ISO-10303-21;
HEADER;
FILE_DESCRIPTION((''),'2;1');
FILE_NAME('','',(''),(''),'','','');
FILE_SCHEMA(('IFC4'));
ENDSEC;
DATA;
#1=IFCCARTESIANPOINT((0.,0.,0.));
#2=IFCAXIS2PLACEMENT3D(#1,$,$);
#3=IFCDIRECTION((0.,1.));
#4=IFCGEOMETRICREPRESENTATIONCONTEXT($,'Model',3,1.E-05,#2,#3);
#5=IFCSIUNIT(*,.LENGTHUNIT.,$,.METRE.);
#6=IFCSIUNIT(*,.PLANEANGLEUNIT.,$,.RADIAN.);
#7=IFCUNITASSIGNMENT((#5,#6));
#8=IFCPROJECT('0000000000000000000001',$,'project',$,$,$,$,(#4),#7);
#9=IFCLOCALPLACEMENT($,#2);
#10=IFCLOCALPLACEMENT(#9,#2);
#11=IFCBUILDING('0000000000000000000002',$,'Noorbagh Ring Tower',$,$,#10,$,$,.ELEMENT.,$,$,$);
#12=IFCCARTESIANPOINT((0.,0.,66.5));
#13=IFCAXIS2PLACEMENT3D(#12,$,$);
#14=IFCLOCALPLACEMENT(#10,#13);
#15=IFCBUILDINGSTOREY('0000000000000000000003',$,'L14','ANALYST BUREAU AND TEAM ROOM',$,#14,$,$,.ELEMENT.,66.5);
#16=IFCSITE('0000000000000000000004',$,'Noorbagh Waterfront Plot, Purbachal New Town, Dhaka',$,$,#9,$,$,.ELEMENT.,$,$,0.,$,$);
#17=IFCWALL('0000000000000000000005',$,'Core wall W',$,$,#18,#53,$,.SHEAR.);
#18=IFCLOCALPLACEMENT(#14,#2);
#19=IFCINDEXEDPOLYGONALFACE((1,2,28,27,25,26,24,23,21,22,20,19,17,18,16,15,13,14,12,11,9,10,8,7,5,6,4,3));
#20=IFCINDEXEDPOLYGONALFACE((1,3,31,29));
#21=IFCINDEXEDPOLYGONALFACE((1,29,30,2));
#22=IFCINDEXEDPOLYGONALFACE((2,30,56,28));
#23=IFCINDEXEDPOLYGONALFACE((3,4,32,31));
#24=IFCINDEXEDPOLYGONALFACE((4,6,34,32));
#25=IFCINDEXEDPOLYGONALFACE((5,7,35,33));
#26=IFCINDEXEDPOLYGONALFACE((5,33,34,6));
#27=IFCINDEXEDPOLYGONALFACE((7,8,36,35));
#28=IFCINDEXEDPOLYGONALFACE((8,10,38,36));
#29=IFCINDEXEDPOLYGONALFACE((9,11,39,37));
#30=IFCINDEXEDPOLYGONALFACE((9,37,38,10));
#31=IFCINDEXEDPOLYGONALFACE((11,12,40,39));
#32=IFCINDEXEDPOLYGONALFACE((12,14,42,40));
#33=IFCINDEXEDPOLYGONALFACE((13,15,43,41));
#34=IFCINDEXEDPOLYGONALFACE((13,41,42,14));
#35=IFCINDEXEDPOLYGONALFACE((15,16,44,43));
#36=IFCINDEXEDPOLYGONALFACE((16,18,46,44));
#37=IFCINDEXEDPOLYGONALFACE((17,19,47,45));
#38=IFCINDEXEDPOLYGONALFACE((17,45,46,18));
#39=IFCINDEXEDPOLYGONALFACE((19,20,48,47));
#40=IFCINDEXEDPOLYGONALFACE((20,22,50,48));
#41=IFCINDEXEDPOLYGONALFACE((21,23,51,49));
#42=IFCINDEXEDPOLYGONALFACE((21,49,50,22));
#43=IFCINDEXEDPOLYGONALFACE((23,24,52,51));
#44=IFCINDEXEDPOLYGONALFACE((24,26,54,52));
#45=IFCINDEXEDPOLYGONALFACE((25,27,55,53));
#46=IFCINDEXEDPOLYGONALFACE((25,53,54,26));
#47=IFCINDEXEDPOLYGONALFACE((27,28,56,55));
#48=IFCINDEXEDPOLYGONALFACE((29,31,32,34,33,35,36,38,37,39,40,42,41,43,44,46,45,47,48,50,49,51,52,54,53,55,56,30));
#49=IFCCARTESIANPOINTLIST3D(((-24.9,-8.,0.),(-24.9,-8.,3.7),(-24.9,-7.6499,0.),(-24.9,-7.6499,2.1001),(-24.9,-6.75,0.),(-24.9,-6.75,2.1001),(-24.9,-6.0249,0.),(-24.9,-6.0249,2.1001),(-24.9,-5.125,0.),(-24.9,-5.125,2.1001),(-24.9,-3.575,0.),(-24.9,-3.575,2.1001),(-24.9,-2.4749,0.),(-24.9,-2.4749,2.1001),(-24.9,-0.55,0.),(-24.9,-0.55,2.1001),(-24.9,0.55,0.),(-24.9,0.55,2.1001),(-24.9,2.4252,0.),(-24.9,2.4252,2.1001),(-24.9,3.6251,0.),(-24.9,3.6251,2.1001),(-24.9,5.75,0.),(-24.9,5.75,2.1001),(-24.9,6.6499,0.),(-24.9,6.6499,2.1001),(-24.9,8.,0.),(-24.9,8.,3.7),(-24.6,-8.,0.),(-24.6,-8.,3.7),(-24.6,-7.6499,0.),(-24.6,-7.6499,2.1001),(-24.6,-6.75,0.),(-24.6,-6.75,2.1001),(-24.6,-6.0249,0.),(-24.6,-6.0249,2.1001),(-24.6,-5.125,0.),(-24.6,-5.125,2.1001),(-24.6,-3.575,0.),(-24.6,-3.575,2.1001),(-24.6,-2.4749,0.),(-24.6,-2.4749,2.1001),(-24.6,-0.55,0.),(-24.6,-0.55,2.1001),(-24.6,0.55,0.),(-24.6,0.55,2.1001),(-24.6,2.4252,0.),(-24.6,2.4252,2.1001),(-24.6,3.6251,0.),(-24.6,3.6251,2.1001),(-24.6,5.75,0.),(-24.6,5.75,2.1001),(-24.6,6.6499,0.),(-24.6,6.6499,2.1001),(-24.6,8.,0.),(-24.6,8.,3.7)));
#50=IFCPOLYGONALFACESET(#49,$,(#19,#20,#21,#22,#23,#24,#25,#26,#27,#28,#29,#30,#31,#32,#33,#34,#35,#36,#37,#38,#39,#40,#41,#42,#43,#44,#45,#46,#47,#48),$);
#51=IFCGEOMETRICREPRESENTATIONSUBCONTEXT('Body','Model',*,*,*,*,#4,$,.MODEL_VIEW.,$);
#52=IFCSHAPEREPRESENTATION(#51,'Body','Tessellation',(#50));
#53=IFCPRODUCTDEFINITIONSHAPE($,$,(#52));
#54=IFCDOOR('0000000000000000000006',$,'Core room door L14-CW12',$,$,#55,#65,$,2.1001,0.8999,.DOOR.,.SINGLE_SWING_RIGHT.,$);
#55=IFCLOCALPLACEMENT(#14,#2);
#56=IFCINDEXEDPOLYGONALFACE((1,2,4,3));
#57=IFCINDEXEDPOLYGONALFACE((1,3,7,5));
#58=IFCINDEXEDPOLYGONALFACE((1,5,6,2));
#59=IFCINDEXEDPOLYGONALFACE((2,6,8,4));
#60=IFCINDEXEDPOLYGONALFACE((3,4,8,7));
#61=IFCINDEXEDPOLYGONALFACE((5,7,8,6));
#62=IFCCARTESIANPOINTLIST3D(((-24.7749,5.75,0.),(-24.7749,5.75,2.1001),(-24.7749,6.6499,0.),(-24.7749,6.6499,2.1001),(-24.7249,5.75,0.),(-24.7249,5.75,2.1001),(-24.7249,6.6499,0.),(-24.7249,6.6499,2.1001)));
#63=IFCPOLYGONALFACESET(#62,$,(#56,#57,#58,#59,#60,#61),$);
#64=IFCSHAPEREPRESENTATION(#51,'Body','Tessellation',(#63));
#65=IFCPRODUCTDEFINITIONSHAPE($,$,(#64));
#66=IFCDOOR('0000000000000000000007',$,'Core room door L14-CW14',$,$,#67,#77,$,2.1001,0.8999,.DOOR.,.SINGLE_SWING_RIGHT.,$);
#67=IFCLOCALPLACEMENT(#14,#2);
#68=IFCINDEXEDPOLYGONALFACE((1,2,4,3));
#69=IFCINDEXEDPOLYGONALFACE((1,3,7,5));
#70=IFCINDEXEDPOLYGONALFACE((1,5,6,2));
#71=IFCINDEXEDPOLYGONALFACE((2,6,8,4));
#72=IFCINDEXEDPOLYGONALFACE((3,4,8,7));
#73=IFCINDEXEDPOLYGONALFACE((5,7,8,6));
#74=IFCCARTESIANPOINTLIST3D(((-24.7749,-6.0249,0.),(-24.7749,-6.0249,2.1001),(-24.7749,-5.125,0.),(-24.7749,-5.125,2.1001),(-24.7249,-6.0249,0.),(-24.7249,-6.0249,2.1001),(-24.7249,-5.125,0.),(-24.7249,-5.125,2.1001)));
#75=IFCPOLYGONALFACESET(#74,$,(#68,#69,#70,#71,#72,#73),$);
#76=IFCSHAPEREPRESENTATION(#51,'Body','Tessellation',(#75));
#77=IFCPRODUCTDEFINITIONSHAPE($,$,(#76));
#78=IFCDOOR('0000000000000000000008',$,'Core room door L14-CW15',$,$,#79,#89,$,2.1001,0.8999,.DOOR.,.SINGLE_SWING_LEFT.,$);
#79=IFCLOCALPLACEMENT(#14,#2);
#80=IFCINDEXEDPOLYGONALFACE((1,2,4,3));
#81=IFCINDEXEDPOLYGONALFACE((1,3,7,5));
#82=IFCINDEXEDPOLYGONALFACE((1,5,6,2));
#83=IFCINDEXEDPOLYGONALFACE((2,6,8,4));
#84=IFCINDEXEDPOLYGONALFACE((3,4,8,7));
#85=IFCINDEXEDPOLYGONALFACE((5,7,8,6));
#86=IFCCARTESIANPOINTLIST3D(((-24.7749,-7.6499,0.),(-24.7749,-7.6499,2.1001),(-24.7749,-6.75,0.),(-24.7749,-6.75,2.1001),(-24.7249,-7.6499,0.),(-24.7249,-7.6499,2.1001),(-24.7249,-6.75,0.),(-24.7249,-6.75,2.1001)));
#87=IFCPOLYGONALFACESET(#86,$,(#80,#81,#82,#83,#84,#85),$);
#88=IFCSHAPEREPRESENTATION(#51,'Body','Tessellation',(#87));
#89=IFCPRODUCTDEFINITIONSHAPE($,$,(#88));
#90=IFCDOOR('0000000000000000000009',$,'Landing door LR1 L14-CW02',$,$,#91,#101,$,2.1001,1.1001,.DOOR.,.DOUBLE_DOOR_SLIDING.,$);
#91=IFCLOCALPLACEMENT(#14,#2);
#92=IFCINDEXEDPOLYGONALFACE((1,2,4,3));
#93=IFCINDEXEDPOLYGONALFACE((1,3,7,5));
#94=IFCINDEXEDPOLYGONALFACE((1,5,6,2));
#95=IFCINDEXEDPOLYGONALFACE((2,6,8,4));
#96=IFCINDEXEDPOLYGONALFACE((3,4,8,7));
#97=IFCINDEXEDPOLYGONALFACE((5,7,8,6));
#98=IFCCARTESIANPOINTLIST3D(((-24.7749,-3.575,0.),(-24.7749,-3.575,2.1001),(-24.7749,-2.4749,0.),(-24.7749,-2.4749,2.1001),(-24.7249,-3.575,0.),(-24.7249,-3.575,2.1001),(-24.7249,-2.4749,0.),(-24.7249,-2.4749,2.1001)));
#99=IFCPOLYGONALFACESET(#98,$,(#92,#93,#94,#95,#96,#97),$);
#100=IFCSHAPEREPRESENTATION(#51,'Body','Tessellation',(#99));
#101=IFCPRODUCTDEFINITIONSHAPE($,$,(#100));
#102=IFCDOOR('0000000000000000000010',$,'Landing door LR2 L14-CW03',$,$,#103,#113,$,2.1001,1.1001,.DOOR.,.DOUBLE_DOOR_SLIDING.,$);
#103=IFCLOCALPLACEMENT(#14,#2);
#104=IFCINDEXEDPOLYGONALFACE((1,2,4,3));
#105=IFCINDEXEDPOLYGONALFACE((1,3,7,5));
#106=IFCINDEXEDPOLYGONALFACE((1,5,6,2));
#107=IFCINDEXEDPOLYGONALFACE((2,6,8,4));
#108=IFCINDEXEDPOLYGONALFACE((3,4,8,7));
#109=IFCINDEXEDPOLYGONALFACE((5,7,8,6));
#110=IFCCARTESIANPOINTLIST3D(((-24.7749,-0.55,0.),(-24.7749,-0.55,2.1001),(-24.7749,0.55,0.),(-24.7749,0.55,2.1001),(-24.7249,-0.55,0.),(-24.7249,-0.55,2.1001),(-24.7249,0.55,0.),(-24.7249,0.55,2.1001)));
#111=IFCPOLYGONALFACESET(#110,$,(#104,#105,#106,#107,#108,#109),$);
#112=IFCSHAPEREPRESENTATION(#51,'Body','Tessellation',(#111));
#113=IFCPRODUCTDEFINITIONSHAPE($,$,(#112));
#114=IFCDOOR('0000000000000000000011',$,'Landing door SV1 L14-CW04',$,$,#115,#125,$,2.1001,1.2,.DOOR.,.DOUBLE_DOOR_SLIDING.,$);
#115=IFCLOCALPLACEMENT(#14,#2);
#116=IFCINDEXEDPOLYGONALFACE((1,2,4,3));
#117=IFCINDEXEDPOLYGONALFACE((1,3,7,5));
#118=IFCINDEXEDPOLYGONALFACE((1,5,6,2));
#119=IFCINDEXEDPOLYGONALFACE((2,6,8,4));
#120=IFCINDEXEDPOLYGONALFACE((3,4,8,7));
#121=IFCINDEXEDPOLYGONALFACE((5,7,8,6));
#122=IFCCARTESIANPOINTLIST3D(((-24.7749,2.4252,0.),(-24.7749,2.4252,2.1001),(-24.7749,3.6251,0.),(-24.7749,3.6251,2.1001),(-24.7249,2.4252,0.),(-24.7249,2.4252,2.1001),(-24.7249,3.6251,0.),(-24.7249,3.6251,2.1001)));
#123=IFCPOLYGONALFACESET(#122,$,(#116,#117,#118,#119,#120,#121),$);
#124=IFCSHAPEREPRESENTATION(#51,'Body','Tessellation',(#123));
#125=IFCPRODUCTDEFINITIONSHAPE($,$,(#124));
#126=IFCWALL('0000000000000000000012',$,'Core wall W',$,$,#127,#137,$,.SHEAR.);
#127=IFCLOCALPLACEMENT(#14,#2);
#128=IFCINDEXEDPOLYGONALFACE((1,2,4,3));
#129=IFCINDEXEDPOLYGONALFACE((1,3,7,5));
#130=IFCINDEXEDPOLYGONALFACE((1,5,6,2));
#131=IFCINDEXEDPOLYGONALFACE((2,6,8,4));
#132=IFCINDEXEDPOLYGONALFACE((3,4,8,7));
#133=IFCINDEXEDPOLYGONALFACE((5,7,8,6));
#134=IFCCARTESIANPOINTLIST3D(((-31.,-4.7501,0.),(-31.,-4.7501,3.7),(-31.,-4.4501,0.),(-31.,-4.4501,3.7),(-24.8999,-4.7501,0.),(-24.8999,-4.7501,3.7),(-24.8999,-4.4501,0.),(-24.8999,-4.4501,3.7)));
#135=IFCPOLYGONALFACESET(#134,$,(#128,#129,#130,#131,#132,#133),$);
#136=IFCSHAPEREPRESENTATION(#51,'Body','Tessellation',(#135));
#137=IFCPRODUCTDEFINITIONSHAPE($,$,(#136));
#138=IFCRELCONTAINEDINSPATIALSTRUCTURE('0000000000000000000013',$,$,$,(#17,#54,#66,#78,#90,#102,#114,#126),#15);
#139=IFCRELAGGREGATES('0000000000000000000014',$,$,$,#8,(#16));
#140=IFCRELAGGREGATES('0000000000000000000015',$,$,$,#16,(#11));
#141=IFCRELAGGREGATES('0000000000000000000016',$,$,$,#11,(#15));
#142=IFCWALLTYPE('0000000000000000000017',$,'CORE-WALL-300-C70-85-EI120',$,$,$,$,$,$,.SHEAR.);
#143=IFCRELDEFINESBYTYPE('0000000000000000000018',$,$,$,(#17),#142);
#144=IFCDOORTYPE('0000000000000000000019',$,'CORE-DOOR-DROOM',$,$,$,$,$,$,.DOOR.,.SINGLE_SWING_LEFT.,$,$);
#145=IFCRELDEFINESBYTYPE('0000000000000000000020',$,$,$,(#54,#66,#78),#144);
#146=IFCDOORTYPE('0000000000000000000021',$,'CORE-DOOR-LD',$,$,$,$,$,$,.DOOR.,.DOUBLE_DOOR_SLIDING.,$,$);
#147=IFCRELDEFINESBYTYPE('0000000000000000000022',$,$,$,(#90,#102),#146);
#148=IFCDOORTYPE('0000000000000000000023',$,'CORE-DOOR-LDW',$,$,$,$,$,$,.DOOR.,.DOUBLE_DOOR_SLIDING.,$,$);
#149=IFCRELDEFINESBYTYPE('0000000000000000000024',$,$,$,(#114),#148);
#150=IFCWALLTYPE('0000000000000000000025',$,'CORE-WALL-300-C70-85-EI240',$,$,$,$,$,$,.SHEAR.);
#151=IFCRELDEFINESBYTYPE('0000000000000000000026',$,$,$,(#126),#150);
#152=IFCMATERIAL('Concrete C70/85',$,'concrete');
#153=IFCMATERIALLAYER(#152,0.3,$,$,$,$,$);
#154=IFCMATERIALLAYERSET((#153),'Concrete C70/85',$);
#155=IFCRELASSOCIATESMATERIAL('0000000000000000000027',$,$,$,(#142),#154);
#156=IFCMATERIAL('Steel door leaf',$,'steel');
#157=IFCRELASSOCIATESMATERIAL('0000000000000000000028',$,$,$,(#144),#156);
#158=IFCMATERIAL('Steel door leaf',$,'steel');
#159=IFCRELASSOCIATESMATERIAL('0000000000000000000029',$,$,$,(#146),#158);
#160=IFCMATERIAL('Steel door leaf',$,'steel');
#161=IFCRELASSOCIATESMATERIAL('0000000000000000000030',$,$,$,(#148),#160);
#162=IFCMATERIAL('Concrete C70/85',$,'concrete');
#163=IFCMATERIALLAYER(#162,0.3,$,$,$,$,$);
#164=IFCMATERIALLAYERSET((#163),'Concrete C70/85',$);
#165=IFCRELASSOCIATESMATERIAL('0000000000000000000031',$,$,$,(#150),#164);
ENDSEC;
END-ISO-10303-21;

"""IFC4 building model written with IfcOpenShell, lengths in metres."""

from ifc_helpers import new_model, si_unit, direction, frame, frame_2d, origin, place, context, subcontext, project, spatial, rectangle, extrude, material, layer, layer_set, type_object, element, fill, save


model = new_model("IFC4")

# Units and contexts
model_context = context("Model", 3, precision=1e-05, world=origin(), true_north=direction((0.0, 1.0)))
body_context = subcontext(model_context, "Body", "Model", "MODEL_VIEW")
ifc_project = project(units=[si_unit("LENGTHUNIT", "METRE"), si_unit("PLANEANGLEUNIT", "RADIAN")], contexts=[model_context])

# Site, building, storey
site_placement = place(None, origin())
site = spatial("IfcSite", under=ifc_project, at=site_placement, Name="Noorbagh Waterfront Plot, Purbachal New Town, Dhaka", CompositionType="ELEMENT", RefElevation=0.0)
building_placement = place(site_placement, origin())
building = spatial("IfcBuilding", under=site, at=building_placement, Name="Noorbagh Ring Tower", CompositionType="ELEMENT")
storey_placement = place(building_placement, frame((0.0, 0.0, 66.5)))
storey = spatial("IfcBuildingStorey", under=building, at=storey_placement, Name="L14", Description="ANALYST BUREAU AND TEAM ROOM", CompositionType="ELEMENT", Elevation=66.5)

# Shared definitions
ifc_material_1 = material(Name="Concrete C70/85", Category="concrete")
ifc_layer_1 = layer(ifc_material_1, 0.3)
ifc_layer_set_1 = layer_set([ifc_layer_1], Name="Concrete C70/85")
wall_type_1 = type_object("IfcWallType", Name="CORE-WALL-300-C70-85-EI120", PredefinedType="SHEAR", material=ifc_layer_set_1)

# Wall, openings, doors
wall_1_placement = place(storey_placement, frame((-24.75, -8.0, 0.0), z_axis=(0.0, 0.0, 1.0), x_axis=(0.0, 1.0, 0.0)))
wall_1 = element("IfcWall", 1, at=wall_1_placement, inside=storey, type_object=wall_type_1, Name="Core wall W", PredefinedType="SHEAR", context=body_context, shape_type="SweptSolid", body=[
    extrude(rectangle(XDim=16.0, YDim=0.3, at=frame_2d((8.0, 0.0))), origin(), (0.0, 0.0, 1.0), 3.7),
])
opening_1_placement = place(wall_1_placement, frame((4.425, 0.0, 0.0)))
opening_1 = element("IfcOpeningElement", 2, at=opening_1_placement, cuts=wall_1, PredefinedType="OPENING", context=body_context, shape_type="SweptSolid", body=[
    extrude(rectangle(XDim=1.1001, YDim=2.1001, at=frame_2d((0.55, 1.05))), frame((0.0, 0.1602, 0.0), z_axis=(0.0, -1.0, 0.0), x_axis=(1.0, 0.0, 0.0)), (0.0, 0.0, 1.0), 0.3201),
])
opening_2_placement = place(wall_1_placement, frame((7.45, 0.0, 0.0)))
opening_2 = element("IfcOpeningElement", 3, at=opening_2_placement, cuts=wall_1, PredefinedType="OPENING", context=body_context, shape_type="SweptSolid", body=[
    extrude(rectangle(XDim=1.1001, YDim=2.1001, at=frame_2d((0.55, 1.05))), frame((0.0, 0.1602, 0.0), z_axis=(0.0, -1.0, 0.0), x_axis=(1.0, 0.0, 0.0)), (0.0, 0.0, 1.0), 0.3201),
])
opening_3_placement = place(wall_1_placement, frame((10.425, 0.0, 0.0)))
opening_3 = element("IfcOpeningElement", 4, at=opening_3_placement, cuts=wall_1, PredefinedType="OPENING", context=body_context, shape_type="SweptSolid", body=[
    extrude(rectangle(XDim=1.2, YDim=2.1001, at=frame_2d((0.6001, 1.05))), frame((0.0, 0.1602, 0.0), z_axis=(0.0, -1.0, 0.0), x_axis=(1.0, 0.0, 0.0)), (0.0, 0.0, 1.0), 0.3201),
])
opening_4_placement = place(wall_1_placement, frame((13.75, 0.0, 0.0)))
opening_4 = element("IfcOpeningElement", 5, at=opening_4_placement, cuts=wall_1, PredefinedType="OPENING", context=body_context, shape_type="SweptSolid", body=[
    extrude(rectangle(XDim=0.8999, YDim=2.1001, at=frame_2d((0.45, 1.05))), frame((0.0, 0.1602, 0.0), z_axis=(0.0, -1.0, 0.0), x_axis=(1.0, 0.0, 0.0)), (0.0, 0.0, 1.0), 0.3201),
])
opening_5_placement = place(wall_1_placement, frame((1.9751, 0.0, 0.0)))
opening_5 = element("IfcOpeningElement", 6, at=opening_5_placement, cuts=wall_1, PredefinedType="OPENING", context=body_context, shape_type="SweptSolid", body=[
    extrude(rectangle(XDim=0.8999, YDim=2.1001, at=frame_2d((0.45, 1.05))), frame((0.0, 0.1602, 0.0), z_axis=(0.0, -1.0, 0.0), x_axis=(1.0, 0.0, 0.0)), (0.0, 0.0, 1.0), 0.3201),
])
opening_6_placement = place(wall_1_placement, frame((0.3501, 0.0, 0.0)))
opening_6 = element("IfcOpeningElement", 7, at=opening_6_placement, cuts=wall_1, PredefinedType="OPENING", context=body_context, shape_type="SweptSolid", body=[
    extrude(rectangle(XDim=0.8999, YDim=2.1001, at=frame_2d((0.45, 1.05))), frame((0.0, 0.1602, 0.0), z_axis=(0.0, -1.0, 0.0), x_axis=(1.0, 0.0, 0.0)), (0.0, 0.0, 1.0), 0.3201),
])
ifc_material_2 = material(Name="Steel door leaf", Category="steel")
door_type_1 = type_object("IfcDoorType", Name="CORE-DOOR-DROOM", OperationType="SINGLE_SWING_LEFT", PredefinedType="DOOR", material=ifc_material_2)
door_1_placement = place(opening_4_placement, origin())
door_1 = element("IfcDoor", 8, at=door_1_placement, inside=storey, type_object=door_type_1, Name="Core room door L14-CW12", OperationType="SINGLE_SWING_RIGHT", OverallHeight=2.1001, OverallWidth=0.8999, PredefinedType="DOOR", context=body_context, shape_type="SweptSolid", body=[
    extrude(rectangle(XDim=0.8999, YDim=2.1001, at=frame_2d((0.45, 1.05))), frame((0.0, 0.0249, 0.0), z_axis=(0.0, -1.0, 0.0), x_axis=(1.0, 0.0, 0.0)), (0.0, 0.0, 1.0), 0.05),
])
fill(opening_4, door_1)
door_2_placement = place(opening_5_placement, origin())
door_2 = element("IfcDoor", 9, at=door_2_placement, inside=storey, type_object=door_type_1, Name="Core room door L14-CW14", OperationType="SINGLE_SWING_RIGHT", OverallHeight=2.1001, OverallWidth=0.8999, PredefinedType="DOOR", context=body_context, shape_type="SweptSolid", body=[
    extrude(rectangle(XDim=0.8999, YDim=2.1001, at=frame_2d((0.45, 1.05))), frame((0.0, 0.0249, 0.0), z_axis=(0.0, -1.0, 0.0), x_axis=(1.0, 0.0, 0.0)), (0.0, 0.0, 1.0), 0.05),
])
fill(opening_5, door_2)
door_3_placement = place(opening_6_placement, origin())
door_3 = element("IfcDoor", 10, at=door_3_placement, inside=storey, type_object=door_type_1, Name="Core room door L14-CW15", OperationType="SINGLE_SWING_LEFT", OverallHeight=2.1001, OverallWidth=0.8999, PredefinedType="DOOR", context=body_context, shape_type="SweptSolid", body=[
    extrude(rectangle(XDim=0.8999, YDim=2.1001, at=frame_2d((0.45, 1.05))), frame((0.0, 0.0249, 0.0), z_axis=(0.0, -1.0, 0.0), x_axis=(1.0, 0.0, 0.0)), (0.0, 0.0, 1.0), 0.05),
])
fill(opening_6, door_3)
ifc_material_3 = material(Name="Steel door leaf", Category="steel")
door_type_2 = type_object("IfcDoorType", Name="CORE-DOOR-LD", OperationType="DOUBLE_DOOR_SLIDING", PredefinedType="DOOR", material=ifc_material_3)
door_4_placement = place(opening_1_placement, origin())
door_4 = element("IfcDoor", 11, at=door_4_placement, inside=storey, type_object=door_type_2, Name="Landing door LR1 L14-CW02", OperationType="DOUBLE_DOOR_SLIDING", OverallHeight=2.1001, OverallWidth=1.1001, PredefinedType="DOOR", context=body_context, shape_type="SweptSolid", body=[
    extrude(rectangle(XDim=1.1001, YDim=2.1001, at=frame_2d((0.55, 1.05))), frame((0.0, 0.0249, 0.0), z_axis=(0.0, -1.0, 0.0), x_axis=(1.0, 0.0, 0.0)), (0.0, 0.0, 1.0), 0.05),
])
fill(opening_1, door_4)
door_5_placement = place(opening_2_placement, origin())
door_5 = element("IfcDoor", 12, at=door_5_placement, inside=storey, type_object=door_type_2, Name="Landing door LR2 L14-CW03", OperationType="DOUBLE_DOOR_SLIDING", OverallHeight=2.1001, OverallWidth=1.1001, PredefinedType="DOOR", context=body_context, shape_type="SweptSolid", body=[
    extrude(rectangle(XDim=1.1001, YDim=2.1001, at=frame_2d((0.55, 1.05))), frame((0.0, 0.0249, 0.0), z_axis=(0.0, -1.0, 0.0), x_axis=(1.0, 0.0, 0.0)), (0.0, 0.0, 1.0), 0.05),
])
fill(opening_2, door_5)
ifc_material_4 = material(Name="Steel door leaf", Category="steel")
door_type_3 = type_object("IfcDoorType", Name="CORE-DOOR-LDW", OperationType="DOUBLE_DOOR_SLIDING", PredefinedType="DOOR", material=ifc_material_4)
door_6_placement = place(opening_3_placement, origin())
door_6 = element("IfcDoor", 13, at=door_6_placement, inside=storey, type_object=door_type_3, Name="Landing door SV1 L14-CW04", OperationType="DOUBLE_DOOR_SLIDING", OverallHeight=2.1001, OverallWidth=1.2, PredefinedType="DOOR", context=body_context, shape_type="SweptSolid", body=[
    extrude(rectangle(XDim=1.2, YDim=2.1001, at=frame_2d((0.6001, 1.05))), frame((0.0, 0.0249, 0.0), z_axis=(0.0, -1.0, 0.0), x_axis=(1.0, 0.0, 0.0)), (0.0, 0.0, 1.0), 0.05),
])
fill(opening_3, door_6)

# Wall
ifc_material_5 = material(Name="Concrete C70/85", Category="concrete")
ifc_layer_2 = layer(ifc_material_5, 0.3)
ifc_layer_set_2 = layer_set([ifc_layer_2], Name="Concrete C70/85")
wall_type_2 = type_object("IfcWallType", Name="CORE-WALL-300-C70-85-EI240", PredefinedType="SHEAR", material=ifc_layer_set_2)
wall_2_placement = place(storey_placement, frame((-24.8999, -4.6001, 0.0), z_axis=(0.0, 0.0, 1.0), x_axis=(-1.0, 0.0, 0.0)))
element("IfcWall", 14, at=wall_2_placement, inside=storey, type_object=wall_type_2, Name="Core wall W", PredefinedType="SHEAR", context=body_context, shape_type="SweptSolid", body=[
    extrude(rectangle(XDim=6.1001, YDim=0.3, at=frame_2d((3.05, 0.0))), origin(), (0.0, 0.0, 1.0), 3.7),
])

save(model, "model.ifc")
